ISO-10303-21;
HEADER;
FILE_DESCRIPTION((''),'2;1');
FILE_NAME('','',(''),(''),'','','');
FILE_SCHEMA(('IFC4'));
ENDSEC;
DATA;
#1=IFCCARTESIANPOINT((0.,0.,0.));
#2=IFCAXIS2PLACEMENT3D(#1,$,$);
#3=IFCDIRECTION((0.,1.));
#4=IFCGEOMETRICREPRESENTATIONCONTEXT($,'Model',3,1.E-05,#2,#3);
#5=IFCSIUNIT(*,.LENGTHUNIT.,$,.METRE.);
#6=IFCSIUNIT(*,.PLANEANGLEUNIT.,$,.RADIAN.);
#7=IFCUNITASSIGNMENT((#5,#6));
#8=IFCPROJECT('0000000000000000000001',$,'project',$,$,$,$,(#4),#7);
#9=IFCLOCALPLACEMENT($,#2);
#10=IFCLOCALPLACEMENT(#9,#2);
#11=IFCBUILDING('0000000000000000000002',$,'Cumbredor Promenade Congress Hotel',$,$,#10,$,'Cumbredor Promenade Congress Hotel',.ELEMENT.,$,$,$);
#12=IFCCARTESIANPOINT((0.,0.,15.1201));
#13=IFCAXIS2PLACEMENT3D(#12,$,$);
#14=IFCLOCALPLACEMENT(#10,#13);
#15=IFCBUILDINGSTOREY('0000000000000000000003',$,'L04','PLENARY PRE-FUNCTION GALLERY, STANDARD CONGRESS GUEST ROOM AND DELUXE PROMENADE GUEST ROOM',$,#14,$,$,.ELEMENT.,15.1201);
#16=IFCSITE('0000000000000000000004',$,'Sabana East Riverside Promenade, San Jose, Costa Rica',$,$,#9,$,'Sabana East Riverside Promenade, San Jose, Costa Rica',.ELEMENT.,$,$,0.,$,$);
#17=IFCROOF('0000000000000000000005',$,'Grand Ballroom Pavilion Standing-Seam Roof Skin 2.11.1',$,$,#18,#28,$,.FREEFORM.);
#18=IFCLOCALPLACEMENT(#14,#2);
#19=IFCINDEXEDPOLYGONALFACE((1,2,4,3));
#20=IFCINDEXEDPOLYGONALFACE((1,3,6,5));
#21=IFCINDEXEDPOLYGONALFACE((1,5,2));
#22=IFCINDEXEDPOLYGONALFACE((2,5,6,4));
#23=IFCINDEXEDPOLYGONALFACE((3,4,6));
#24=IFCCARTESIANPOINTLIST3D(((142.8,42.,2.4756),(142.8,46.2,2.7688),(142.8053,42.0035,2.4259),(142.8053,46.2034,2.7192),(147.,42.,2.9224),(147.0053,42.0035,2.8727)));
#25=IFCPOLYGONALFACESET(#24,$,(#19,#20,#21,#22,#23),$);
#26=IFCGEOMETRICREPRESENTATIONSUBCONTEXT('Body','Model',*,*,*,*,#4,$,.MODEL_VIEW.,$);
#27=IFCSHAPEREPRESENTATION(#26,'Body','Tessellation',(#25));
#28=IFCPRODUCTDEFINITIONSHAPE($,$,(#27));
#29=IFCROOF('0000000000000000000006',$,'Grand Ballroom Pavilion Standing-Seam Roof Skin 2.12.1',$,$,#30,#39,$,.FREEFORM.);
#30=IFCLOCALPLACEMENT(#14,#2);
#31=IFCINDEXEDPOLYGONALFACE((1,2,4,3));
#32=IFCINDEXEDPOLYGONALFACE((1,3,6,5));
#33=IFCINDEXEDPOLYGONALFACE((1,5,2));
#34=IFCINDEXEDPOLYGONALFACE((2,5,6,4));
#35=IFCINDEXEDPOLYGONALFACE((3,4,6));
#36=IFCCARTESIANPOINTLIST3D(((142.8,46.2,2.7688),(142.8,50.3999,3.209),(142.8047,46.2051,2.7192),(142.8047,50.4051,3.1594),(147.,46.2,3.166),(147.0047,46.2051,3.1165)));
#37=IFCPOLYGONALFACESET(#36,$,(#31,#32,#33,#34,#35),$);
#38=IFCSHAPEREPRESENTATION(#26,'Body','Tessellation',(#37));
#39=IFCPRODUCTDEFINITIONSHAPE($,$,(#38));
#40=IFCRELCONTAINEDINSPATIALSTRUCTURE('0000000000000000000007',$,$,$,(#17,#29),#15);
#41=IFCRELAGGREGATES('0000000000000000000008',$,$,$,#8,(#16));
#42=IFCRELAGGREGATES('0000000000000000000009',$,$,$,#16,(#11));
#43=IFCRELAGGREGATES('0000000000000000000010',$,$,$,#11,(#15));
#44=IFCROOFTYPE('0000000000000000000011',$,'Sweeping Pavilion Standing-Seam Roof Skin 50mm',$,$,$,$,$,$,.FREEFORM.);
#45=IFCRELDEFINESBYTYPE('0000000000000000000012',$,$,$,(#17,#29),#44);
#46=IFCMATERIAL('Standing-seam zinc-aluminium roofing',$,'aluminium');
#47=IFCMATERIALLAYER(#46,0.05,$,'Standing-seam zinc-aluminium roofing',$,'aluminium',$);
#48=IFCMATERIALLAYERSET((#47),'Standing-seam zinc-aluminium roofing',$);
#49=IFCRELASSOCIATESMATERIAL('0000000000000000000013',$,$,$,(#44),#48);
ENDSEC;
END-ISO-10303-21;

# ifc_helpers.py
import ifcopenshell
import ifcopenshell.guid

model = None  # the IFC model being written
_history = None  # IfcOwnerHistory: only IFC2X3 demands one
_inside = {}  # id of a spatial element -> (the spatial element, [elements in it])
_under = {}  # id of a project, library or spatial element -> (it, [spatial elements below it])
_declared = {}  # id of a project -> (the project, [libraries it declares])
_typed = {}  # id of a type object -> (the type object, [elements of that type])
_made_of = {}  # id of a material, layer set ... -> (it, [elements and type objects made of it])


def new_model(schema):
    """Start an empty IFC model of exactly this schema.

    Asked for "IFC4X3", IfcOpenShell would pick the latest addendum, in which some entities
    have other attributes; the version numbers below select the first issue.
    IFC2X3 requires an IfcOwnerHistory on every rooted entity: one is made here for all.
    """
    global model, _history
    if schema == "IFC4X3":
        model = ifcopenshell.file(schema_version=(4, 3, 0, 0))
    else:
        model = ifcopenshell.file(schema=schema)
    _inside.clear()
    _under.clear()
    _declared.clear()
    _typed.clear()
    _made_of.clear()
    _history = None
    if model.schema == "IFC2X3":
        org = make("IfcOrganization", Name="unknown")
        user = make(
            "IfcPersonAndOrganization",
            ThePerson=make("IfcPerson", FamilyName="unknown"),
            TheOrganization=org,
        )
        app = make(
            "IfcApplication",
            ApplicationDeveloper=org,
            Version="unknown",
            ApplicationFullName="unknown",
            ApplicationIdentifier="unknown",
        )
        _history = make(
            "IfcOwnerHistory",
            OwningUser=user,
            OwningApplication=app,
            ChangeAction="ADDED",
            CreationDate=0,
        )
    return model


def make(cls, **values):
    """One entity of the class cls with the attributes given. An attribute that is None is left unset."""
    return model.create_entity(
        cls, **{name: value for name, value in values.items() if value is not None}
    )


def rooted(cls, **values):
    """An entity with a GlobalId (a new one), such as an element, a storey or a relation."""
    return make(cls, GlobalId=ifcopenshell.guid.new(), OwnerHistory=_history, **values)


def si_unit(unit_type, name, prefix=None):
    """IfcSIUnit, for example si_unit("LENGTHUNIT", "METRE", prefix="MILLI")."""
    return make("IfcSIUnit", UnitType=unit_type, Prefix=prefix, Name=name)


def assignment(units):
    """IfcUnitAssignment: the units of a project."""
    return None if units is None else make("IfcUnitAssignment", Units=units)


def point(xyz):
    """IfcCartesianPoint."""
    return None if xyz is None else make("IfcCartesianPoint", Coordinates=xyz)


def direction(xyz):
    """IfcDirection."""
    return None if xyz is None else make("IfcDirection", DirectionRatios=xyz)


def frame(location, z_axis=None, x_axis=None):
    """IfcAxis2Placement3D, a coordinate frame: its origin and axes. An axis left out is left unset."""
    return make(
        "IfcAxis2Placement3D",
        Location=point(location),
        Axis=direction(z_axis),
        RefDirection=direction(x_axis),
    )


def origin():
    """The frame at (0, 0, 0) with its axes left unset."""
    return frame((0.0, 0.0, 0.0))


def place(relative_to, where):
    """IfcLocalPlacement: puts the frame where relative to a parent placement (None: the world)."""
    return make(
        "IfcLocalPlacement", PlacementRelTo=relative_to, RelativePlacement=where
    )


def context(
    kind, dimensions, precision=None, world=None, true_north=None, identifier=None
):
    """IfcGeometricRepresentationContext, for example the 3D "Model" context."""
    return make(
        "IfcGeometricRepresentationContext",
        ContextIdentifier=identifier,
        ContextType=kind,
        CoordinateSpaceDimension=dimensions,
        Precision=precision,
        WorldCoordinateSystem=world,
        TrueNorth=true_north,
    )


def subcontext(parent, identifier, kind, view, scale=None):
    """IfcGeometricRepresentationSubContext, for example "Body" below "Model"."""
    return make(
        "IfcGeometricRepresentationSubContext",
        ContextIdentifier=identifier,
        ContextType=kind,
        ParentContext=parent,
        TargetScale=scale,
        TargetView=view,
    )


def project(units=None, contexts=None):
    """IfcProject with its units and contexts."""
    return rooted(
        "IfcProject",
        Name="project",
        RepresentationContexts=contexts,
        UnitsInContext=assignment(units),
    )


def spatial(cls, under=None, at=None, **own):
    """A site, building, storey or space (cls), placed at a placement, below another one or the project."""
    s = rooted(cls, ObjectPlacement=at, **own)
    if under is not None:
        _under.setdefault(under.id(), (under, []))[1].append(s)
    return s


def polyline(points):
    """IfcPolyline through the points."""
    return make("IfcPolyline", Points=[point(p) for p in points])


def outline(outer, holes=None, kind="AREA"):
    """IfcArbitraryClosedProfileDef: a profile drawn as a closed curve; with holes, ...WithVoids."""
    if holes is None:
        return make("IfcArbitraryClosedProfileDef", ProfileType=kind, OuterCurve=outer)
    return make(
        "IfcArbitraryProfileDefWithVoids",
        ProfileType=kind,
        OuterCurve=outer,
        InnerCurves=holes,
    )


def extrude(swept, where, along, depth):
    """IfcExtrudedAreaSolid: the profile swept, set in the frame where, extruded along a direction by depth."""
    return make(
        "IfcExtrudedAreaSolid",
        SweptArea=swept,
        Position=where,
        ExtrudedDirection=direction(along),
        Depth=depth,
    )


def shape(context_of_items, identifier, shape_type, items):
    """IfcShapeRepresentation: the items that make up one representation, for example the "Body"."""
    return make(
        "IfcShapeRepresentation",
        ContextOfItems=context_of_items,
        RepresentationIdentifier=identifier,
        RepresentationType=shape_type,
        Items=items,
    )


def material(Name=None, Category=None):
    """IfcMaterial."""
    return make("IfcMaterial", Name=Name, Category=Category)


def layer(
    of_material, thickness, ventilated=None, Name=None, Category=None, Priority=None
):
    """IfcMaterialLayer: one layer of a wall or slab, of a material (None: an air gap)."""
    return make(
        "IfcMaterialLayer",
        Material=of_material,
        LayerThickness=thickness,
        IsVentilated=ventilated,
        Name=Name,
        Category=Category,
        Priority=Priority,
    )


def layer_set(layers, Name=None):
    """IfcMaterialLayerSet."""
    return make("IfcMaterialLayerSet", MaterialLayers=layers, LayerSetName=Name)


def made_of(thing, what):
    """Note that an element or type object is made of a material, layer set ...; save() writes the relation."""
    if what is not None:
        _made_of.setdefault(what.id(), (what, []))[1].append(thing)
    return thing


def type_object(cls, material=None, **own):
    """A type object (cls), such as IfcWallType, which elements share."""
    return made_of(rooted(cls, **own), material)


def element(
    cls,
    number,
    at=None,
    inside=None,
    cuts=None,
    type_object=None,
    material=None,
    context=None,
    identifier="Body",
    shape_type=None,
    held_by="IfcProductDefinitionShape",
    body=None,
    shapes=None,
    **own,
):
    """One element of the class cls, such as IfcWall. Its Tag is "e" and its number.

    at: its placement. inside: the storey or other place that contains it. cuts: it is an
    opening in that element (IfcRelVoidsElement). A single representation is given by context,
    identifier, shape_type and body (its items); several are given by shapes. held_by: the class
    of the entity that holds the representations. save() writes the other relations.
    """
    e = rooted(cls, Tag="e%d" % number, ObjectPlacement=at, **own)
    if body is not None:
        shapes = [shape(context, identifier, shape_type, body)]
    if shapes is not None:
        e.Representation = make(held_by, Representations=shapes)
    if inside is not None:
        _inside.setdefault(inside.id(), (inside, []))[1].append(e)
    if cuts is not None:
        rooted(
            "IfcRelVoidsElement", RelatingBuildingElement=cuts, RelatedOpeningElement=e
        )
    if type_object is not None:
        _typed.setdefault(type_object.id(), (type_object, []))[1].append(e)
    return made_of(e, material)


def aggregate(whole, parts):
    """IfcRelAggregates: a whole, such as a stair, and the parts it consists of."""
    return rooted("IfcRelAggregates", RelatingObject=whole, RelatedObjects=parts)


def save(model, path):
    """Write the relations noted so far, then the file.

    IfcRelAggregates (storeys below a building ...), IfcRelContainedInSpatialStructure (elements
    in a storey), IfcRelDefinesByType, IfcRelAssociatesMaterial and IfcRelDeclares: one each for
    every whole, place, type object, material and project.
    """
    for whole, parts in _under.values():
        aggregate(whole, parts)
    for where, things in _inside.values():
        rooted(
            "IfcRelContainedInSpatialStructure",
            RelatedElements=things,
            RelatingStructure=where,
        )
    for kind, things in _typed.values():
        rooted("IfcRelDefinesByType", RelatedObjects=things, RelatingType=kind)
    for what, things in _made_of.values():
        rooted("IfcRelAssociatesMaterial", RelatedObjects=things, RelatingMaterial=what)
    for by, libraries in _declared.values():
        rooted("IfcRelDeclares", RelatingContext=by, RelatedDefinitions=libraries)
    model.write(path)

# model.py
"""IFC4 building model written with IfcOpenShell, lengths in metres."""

from ifc_helpers import new_model, si_unit, direction, frame, origin, place, context, subcontext, project, spatial, polyline, outline, extrude, material, layer, layer_set, type_object, element, save


model = new_model("IFC4")

# Units and contexts
model_context = context("Model", 3, precision=1e-05, world=origin(), true_north=direction((0.0, 1.0)))
body_context = subcontext(model_context, "Body", "Model", "MODEL_VIEW")
ifc_project = project(units=[si_unit("LENGTHUNIT", "METRE"), si_unit("PLANEANGLEUNIT", "RADIAN")], contexts=[model_context])

# Site, building, storey
site_placement = place(None, origin())
site = spatial("IfcSite", under=ifc_project, at=site_placement, Name="Sabana East Riverside Promenade, San Jose, Costa Rica", LongName="Sabana East Riverside Promenade, San Jose, Costa Rica", CompositionType="ELEMENT", RefElevation=0.0)
building_placement = place(site_placement, origin())
building = spatial("IfcBuilding", under=site, at=building_placement, Name="Cumbredor Promenade Congress Hotel", LongName="Cumbredor Promenade Congress Hotel", CompositionType="ELEMENT")
storey_placement = place(building_placement, frame((0.0, 0.0, 15.1201)))
storey = spatial("IfcBuildingStorey", under=building, at=storey_placement, Name="L04", Description="PLENARY PRE-FUNCTION GALLERY, STANDARD CONGRESS GUEST ROOM AND DELUXE PROMENADE GUEST ROOM", CompositionType="ELEMENT", Elevation=15.1201)

# Roofs
ifc_material_1 = material(Name="Standing-seam zinc-aluminium roofing", Category="aluminium")
ifc_layer_1 = layer(ifc_material_1, 0.05, Name="Standing-seam zinc-aluminium roofing", Category="aluminium")
ifc_layer_set_1 = layer_set([ifc_layer_1], Name="Standing-seam zinc-aluminium roofing")
roof_type = type_object("IfcRoofType", Name="Sweeping Pavilion Standing-Seam Roof Skin 50mm", PredefinedType="FREEFORM", material=ifc_layer_set_1)
roof_1_placement = place(storey_placement, frame((142.8, 42.0, 2.4756), z_axis=(-0.105526, -0.069255, 0.992002), x_axis=(0.99439, 0.0, 0.10578)))
element("IfcRoof", 1, at=roof_1_placement, inside=storey, type_object=roof_type, Name="Grand Ballroom Pavilion Standing-Seam Roof Skin 2.11.1", PredefinedType="FREEFORM", context=body_context, shape_type="SweptSolid", body=[
    extrude(outline(polyline([(0.0, 0.0), (4.2236, 0.0), (0.031, 4.2101), (0.0, 0.0)])), origin(), (0.0, 0.0, -1.0), 0.05),
])
roof_2_placement = place(storey_placement, frame((142.8, 46.2, 2.7688), z_axis=(-0.093648, -0.103778, 0.990182), x_axis=(0.995557, 0.0, 0.094156)))
element("IfcRoof", 2, at=roof_2_placement, inside=storey, type_object=roof_type, Name="Grand Ballroom Pavilion Standing-Seam Roof Skin 2.12.1", PredefinedType="FREEFORM", context=body_context, shape_type="SweptSolid", body=[
    extrude(outline(polyline([(0.0, 0.0), (4.2187, 0.0), (0.0414, 4.2228), (0.0, 0.0)])), origin(), (0.0, 0.0, -1.0), 0.05),
])

save(model, "model.ifc")
